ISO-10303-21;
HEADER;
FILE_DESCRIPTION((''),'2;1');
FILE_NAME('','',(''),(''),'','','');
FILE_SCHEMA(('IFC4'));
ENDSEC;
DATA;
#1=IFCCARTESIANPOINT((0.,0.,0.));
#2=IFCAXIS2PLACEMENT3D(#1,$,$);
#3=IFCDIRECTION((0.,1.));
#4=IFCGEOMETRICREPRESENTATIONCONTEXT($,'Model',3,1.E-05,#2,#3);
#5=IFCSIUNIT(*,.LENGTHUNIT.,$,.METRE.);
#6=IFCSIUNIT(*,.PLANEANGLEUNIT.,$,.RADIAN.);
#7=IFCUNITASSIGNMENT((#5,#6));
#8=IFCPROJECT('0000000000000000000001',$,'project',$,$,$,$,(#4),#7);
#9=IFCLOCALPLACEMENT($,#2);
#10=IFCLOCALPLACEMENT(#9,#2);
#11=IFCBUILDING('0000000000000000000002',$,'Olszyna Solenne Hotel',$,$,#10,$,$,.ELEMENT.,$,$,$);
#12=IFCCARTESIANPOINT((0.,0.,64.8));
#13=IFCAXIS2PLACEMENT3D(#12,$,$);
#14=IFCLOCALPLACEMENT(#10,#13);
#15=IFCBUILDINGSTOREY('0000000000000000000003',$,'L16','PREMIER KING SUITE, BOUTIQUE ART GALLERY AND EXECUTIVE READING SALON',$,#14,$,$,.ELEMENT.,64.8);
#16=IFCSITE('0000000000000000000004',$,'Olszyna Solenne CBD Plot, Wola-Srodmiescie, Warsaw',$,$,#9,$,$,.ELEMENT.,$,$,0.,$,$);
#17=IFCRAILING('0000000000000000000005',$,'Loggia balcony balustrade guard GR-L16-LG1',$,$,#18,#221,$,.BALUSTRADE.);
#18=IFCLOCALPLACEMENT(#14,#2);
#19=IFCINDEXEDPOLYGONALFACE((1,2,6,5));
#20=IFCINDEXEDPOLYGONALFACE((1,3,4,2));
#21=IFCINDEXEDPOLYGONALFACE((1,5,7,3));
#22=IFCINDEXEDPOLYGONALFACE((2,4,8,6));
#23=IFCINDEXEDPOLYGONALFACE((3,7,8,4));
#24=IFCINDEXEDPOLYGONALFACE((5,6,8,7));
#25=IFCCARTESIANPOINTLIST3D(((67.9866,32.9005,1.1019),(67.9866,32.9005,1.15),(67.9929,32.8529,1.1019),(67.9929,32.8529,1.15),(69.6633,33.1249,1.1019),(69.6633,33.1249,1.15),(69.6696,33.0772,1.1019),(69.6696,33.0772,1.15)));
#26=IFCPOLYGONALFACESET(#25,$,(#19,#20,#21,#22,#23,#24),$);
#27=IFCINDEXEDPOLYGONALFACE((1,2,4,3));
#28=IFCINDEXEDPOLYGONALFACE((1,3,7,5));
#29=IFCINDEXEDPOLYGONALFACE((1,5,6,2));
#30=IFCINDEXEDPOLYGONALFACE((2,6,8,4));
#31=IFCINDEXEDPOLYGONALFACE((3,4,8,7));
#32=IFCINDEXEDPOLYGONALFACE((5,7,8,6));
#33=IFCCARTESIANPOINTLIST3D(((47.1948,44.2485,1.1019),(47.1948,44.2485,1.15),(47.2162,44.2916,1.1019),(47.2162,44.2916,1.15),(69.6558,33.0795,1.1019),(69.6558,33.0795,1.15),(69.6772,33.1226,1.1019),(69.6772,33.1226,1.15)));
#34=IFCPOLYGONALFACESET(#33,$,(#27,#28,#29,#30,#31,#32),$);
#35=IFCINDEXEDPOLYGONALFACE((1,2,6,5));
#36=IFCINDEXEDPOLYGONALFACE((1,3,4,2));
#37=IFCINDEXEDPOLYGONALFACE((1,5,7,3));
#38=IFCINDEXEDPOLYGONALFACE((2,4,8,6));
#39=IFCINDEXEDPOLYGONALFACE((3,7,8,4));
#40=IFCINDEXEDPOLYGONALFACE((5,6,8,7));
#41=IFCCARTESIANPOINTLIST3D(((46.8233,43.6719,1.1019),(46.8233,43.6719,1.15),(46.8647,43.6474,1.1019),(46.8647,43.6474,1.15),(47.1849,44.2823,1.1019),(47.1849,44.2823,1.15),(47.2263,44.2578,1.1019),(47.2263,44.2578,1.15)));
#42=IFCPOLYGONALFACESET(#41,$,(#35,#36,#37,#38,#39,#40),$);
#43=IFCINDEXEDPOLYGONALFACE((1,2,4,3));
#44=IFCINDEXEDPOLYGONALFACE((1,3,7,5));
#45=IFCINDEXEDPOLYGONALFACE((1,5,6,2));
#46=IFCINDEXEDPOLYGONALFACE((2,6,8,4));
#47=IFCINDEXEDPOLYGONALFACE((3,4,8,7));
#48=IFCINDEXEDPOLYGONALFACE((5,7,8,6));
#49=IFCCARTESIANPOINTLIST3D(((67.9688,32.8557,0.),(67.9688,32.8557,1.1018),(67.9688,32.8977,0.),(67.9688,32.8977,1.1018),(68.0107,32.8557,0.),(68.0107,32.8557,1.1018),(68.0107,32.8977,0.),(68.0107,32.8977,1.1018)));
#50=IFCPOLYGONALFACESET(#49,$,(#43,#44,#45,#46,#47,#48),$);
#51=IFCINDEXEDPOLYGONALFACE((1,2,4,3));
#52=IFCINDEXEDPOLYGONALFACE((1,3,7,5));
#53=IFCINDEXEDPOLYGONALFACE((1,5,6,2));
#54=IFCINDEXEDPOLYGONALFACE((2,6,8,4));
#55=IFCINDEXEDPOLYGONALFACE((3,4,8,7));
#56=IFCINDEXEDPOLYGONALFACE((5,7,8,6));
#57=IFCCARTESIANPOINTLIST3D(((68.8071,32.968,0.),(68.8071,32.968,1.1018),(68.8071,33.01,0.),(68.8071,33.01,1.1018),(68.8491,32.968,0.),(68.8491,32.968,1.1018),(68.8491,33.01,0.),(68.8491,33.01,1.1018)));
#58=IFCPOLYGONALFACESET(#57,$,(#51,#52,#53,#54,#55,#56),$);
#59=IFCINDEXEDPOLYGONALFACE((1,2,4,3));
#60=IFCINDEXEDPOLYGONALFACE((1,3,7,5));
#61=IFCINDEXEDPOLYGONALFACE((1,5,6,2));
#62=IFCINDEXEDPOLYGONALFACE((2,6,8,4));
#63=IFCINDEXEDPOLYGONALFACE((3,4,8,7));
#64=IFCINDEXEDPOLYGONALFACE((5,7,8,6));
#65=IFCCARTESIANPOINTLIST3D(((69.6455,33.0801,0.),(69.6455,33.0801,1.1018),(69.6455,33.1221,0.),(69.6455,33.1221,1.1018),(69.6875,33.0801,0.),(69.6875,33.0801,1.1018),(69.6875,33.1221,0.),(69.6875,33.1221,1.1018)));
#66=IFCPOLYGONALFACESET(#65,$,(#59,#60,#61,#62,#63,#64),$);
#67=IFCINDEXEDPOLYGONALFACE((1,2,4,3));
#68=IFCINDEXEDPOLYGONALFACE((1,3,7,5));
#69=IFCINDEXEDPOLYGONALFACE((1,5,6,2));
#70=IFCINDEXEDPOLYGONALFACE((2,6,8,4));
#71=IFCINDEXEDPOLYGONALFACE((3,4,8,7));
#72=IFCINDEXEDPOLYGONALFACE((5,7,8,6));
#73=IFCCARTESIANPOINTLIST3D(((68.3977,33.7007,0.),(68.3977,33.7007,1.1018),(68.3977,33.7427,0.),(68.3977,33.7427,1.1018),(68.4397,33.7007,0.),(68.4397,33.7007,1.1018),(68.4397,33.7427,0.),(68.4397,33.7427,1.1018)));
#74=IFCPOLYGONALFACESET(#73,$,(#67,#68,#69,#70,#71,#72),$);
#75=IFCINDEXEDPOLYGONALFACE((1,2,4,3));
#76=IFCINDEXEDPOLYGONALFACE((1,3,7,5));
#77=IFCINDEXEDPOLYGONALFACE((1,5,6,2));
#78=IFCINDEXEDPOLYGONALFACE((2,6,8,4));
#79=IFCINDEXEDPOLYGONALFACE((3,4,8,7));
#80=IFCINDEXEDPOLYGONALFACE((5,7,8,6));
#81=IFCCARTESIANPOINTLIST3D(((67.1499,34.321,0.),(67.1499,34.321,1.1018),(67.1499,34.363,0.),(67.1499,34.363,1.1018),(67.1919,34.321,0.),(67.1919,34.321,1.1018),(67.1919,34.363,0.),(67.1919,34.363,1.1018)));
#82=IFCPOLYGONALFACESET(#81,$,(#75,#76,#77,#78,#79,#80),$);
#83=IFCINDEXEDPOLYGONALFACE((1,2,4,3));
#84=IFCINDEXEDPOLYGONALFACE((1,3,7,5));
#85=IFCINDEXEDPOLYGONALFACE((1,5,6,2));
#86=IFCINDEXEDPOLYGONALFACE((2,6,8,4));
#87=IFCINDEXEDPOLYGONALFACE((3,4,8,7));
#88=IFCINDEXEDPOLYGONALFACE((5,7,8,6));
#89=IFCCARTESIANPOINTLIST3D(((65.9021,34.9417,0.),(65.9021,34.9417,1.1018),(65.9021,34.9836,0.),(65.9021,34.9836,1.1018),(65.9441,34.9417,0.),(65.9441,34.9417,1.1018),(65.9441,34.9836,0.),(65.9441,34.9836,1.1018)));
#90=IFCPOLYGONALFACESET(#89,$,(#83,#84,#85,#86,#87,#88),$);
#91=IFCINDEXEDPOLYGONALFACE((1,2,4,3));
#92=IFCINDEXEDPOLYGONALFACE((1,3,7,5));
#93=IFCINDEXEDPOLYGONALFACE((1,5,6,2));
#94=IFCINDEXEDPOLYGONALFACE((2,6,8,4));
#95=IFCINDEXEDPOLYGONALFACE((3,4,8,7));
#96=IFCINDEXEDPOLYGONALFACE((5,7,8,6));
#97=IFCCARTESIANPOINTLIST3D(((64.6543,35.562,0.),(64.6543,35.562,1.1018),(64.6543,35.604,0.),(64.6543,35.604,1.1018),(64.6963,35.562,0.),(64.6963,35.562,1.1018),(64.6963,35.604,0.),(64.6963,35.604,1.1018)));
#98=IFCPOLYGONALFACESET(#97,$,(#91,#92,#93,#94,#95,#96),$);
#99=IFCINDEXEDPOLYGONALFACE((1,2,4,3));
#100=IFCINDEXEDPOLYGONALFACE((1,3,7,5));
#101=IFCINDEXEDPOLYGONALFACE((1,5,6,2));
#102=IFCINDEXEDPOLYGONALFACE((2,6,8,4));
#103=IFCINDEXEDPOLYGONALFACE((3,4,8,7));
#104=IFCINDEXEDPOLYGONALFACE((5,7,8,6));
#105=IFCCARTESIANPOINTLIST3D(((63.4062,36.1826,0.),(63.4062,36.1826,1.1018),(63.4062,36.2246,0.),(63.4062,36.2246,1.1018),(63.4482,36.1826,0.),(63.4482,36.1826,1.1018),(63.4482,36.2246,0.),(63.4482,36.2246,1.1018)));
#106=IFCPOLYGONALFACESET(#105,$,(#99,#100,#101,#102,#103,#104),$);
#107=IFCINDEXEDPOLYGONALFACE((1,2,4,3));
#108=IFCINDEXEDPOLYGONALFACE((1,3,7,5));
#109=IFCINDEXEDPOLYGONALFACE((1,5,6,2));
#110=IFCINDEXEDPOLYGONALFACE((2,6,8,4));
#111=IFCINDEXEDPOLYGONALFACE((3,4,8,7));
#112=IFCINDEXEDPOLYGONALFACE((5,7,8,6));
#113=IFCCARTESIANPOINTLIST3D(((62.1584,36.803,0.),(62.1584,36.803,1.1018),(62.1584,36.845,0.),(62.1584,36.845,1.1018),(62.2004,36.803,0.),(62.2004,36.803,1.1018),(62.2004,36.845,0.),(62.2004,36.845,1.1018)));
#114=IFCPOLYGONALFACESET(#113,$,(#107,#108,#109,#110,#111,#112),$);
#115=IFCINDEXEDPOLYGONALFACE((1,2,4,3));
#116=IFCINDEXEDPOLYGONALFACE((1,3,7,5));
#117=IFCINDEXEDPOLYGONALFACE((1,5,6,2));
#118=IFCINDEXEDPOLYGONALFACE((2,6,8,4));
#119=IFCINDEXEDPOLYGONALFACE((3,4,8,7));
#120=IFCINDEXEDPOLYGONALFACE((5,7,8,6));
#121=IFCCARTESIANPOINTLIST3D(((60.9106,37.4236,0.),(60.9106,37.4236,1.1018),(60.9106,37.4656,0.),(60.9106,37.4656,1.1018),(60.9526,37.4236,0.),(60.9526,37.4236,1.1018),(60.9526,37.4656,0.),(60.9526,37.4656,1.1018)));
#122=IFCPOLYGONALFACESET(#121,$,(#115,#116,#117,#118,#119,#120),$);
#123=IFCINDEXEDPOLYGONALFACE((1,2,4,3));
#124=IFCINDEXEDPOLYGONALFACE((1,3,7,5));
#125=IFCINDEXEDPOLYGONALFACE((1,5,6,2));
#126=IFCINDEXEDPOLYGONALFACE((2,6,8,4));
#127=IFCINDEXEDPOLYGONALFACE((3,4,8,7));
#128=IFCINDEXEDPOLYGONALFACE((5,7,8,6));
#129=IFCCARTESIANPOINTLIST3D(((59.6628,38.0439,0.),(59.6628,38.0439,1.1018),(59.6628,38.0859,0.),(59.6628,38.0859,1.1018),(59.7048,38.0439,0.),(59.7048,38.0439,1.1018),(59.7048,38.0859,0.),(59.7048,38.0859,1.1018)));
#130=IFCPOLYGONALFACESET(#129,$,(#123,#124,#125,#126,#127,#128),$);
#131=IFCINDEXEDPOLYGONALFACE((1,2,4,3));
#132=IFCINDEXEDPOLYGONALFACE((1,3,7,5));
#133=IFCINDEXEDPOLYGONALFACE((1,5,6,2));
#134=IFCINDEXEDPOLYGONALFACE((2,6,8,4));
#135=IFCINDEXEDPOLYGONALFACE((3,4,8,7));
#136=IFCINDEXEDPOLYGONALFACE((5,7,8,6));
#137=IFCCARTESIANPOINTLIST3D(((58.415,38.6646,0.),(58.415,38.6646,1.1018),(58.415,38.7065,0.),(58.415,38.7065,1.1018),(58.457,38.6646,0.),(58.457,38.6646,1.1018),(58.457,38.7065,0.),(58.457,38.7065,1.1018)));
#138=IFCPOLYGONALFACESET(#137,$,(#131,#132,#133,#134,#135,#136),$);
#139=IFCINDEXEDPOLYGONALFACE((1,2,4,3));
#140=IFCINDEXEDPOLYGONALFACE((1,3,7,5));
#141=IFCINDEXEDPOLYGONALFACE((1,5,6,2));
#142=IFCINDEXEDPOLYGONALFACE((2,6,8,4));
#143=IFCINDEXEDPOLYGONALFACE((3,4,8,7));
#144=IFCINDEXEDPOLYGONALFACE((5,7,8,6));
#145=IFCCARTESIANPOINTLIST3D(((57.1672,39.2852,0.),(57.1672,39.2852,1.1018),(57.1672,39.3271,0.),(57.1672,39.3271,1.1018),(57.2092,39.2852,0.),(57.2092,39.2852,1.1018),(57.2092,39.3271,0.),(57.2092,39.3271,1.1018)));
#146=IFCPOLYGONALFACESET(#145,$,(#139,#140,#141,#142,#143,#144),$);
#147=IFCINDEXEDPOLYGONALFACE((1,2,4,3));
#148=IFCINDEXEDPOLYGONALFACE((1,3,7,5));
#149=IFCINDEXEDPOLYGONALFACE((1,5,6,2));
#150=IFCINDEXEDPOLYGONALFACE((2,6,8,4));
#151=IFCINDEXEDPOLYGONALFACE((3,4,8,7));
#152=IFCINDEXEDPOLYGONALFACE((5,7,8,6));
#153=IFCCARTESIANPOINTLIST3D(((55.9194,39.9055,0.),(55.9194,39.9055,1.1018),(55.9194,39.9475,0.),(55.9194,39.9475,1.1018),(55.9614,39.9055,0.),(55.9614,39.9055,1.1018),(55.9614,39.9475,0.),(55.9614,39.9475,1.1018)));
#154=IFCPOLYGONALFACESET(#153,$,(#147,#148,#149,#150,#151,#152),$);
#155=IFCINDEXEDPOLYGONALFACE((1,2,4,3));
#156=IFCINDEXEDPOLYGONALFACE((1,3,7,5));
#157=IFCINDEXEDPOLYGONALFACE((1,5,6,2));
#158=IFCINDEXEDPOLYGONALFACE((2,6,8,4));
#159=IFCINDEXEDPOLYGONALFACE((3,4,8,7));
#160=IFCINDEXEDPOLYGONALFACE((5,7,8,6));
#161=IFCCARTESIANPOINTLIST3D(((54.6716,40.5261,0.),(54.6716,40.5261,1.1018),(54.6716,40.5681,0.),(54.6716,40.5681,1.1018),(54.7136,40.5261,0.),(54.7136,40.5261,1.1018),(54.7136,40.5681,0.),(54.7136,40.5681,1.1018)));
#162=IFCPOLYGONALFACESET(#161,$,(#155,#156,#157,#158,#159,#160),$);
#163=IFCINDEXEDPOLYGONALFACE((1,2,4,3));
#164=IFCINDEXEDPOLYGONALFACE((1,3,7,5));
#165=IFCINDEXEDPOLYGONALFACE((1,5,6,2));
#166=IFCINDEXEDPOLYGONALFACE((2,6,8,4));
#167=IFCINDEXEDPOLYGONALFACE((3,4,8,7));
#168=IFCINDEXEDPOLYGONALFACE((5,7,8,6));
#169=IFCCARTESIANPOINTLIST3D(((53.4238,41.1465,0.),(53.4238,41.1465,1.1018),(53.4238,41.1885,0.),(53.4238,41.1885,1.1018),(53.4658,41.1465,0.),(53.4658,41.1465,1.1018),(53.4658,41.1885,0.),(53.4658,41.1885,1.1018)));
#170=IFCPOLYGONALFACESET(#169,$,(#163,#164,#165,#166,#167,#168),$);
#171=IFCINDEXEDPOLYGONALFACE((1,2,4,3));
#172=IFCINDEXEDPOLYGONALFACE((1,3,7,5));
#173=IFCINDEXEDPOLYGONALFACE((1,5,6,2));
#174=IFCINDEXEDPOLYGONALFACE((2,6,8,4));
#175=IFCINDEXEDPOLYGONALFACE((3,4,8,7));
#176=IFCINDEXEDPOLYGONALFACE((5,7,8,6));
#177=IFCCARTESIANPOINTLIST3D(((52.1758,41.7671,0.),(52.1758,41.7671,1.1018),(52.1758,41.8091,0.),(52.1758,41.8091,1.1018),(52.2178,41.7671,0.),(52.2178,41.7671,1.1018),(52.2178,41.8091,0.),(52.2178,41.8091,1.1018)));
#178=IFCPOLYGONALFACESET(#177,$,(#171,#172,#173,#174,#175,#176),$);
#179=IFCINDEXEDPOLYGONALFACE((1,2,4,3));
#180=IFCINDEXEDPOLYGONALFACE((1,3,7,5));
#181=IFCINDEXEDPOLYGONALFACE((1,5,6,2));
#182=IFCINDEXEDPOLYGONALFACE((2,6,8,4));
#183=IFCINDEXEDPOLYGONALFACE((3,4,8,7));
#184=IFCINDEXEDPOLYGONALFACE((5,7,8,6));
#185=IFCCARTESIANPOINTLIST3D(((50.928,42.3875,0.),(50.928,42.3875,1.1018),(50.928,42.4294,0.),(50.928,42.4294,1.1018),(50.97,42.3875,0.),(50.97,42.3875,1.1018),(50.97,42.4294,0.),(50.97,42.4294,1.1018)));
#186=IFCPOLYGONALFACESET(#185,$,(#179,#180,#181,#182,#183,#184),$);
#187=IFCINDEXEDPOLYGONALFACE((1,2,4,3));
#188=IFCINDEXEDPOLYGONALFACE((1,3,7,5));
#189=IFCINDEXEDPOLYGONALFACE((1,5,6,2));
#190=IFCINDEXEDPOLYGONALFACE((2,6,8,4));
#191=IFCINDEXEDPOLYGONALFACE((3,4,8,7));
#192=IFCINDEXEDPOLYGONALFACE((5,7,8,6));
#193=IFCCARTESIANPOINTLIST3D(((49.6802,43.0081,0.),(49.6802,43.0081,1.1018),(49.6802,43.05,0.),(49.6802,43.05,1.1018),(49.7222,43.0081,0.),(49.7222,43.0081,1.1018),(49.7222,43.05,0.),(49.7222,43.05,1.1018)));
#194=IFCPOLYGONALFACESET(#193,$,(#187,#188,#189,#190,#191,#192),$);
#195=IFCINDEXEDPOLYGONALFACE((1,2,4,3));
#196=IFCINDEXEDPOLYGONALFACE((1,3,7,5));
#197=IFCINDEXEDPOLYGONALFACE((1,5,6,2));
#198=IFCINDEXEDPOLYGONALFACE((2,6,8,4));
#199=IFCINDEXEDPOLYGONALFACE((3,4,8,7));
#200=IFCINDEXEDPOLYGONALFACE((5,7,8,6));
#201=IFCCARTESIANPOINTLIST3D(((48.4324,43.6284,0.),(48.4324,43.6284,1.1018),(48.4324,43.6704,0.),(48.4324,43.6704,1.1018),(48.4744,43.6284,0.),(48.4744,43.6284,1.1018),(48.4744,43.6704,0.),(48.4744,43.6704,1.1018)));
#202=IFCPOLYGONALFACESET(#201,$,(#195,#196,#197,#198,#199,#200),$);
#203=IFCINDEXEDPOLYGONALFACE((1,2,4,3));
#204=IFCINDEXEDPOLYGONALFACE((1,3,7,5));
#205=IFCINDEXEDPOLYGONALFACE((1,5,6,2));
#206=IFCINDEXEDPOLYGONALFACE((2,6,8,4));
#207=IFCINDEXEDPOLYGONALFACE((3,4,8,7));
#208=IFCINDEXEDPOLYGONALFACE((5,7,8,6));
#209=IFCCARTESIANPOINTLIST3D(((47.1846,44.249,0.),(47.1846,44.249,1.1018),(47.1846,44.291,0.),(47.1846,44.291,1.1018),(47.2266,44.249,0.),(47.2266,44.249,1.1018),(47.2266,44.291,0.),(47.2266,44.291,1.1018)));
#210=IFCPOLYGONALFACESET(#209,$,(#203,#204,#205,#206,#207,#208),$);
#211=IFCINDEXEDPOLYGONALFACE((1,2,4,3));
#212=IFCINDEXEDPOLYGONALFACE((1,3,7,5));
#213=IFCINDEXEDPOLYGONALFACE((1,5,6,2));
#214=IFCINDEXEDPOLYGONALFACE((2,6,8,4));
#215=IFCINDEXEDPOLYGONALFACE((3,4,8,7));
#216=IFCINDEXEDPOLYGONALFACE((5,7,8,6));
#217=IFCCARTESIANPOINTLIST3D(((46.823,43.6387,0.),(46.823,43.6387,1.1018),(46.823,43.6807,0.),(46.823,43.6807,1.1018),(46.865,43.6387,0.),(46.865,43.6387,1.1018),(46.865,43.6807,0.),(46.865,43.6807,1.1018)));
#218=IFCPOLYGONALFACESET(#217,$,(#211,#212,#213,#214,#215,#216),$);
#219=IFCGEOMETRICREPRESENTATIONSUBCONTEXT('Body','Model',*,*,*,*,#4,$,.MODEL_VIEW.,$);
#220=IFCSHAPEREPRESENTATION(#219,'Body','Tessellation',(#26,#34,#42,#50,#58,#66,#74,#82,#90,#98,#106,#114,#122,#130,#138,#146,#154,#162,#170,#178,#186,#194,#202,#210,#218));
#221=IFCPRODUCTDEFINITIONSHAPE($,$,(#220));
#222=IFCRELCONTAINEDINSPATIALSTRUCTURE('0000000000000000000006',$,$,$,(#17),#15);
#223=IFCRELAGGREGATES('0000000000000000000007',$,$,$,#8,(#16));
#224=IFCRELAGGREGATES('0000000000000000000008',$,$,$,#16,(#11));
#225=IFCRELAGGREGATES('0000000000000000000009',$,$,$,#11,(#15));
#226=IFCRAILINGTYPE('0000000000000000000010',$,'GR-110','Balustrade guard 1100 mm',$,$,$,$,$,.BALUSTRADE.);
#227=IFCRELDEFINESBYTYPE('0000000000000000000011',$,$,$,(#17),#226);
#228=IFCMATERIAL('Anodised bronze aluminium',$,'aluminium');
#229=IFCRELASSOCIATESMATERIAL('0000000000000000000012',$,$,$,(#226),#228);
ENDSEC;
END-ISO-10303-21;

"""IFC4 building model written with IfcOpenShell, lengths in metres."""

from ifc_helpers import new_model, si_unit, direction, frame, origin, origin_2d, place, context, subcontext, project, spatial, rectangle, extrude, material, type_object, element, save


model = new_model("IFC4")

# Units and contexts
model_context = context("Model", 3, precision=1e-05, world=origin(), true_north=direction((0.0, 1.0)))
body_context = subcontext(model_context, "Body", "Model", "MODEL_VIEW")
ifc_project = project(units=[si_unit("LENGTHUNIT", "METRE"), si_unit("PLANEANGLEUNIT", "RADIAN")], contexts=[model_context])

# Site, building, storey
site_placement = place(None, origin())
site = spatial("IfcSite", under=ifc_project, at=site_placement, Name="Olszyna Solenne CBD Plot, Wola-Srodmiescie, Warsaw", CompositionType="ELEMENT", RefElevation=0.0)
building_placement = place(site_placement, origin())
building = spatial("IfcBuilding", under=site, at=building_placement, Name="Olszyna Solenne Hotel", CompositionType="ELEMENT")
storey_placement = place(building_placement, frame((0.0, 0.0, 64.8)))
storey = spatial("IfcBuildingStorey", under=building, at=storey_placement, Name="L16", Description="PREMIER KING SUITE, BOUTIQUE ART GALLERY AND EXECUTIVE READING SALON", CompositionType="ELEMENT", Elevation=64.8)

# Shared definitions
ifc_material_1 = material(Name="Anodised bronze aluminium", Category="aluminium")

# Railing
railing_type = type_object("IfcRailingType", Name="GR-110", Description="Balustrade guard 1100 mm", PredefinedType="BALUSTRADE", material=ifc_material_1)
railing_placement = place(storey_placement, frame((67.9897, 32.8767, 0.0)))
element("IfcRailing", 1, at=railing_placement, inside=storey, type_object=railing_type, Name="Loggia balcony balustrade guard GR-L16-LG1", PredefinedType="BALUSTRADE", context=body_context, shape_type="SweptSolid", body=[
    extrude(rectangle(XDim=0.0481, YDim=0.0481, at=origin_2d()), frame((0.0, 0.0, 1.126), z_axis=(0.991166, 0.132627, 0.0), x_axis=(-0.132627, 0.991166, 0.0)), (0.0, 0.0, 1.0), 1.6917),
    extrude(rectangle(XDim=0.0481, YDim=0.0481, at=origin_2d()), frame((1.6768, 0.2244, 1.126), z_axis=(-0.895406, 0.44525, 0.0), x_axis=(-0.44525, -0.895406, 0.0)), (0.0, 0.0, 1.0), 25.0847),
    extrude(rectangle(XDim=0.0481, YDim=0.0481, at=origin_2d()), frame((-20.7842, 11.3933, 1.126), z_axis=(-0.50968, -0.860364, 0.0), x_axis=(0.860364, -0.50968, 0.0)), (0.0, 0.0, 1.0), 0.7095),
    extrude(rectangle(XDim=0.042, YDim=0.042, at=origin_2d()), origin(), (0.0, 0.0, 1.0), 1.1018),
    extrude(rectangle(XDim=0.042, YDim=0.042, at=origin_2d()), frame((0.8384, 0.1123, 0.0)), (0.0, 0.0, 1.0), 1.1018),
    extrude(rectangle(XDim=0.042, YDim=0.042, at=origin_2d()), frame((1.6768, 0.2244, 0.0)), (0.0, 0.0, 1.0), 1.1018),
    extrude(rectangle(XDim=0.042, YDim=0.042, at=origin_2d()), frame((0.429, 0.845, 0.0)), (0.0, 0.0, 1.0), 1.1018),
    extrude(rectangle(XDim=0.042, YDim=0.042, at=origin_2d()), frame((-0.8188, 1.4653, 0.0)), (0.0, 0.0, 1.0), 1.1018),
    extrude(rectangle(XDim=0.042, YDim=0.042, at=origin_2d()), frame((-2.0667, 2.0859, 0.0)), (0.0, 0.0, 1.0), 1.1018),
    extrude(rectangle(XDim=0.042, YDim=0.042, at=origin_2d()), frame((-3.3145, 2.7063, 0.0)), (0.0, 0.0, 1.0), 1.1018),
    extrude(rectangle(XDim=0.042, YDim=0.042, at=origin_2d()), frame((-4.5625, 3.3269, 0.0)), (0.0, 0.0, 1.0), 1.1018),
    extrude(rectangle(XDim=0.042, YDim=0.042, at=origin_2d()), frame((-5.8103, 3.9473, 0.0)), (0.0, 0.0, 1.0), 1.1018),
    extrude(rectangle(XDim=0.042, YDim=0.042, at=origin_2d()), frame((-7.0581, 4.5679, 0.0)), (0.0, 0.0, 1.0), 1.1018),
    extrude(rectangle(XDim=0.042, YDim=0.042, at=origin_2d()), frame((-8.3059, 5.1882, 0.0)), (0.0, 0.0, 1.0), 1.1018),
    extrude(rectangle(XDim=0.042, YDim=0.042, at=origin_2d()), frame((-9.5537, 5.8088, 0.0)), (0.0, 0.0, 1.0), 1.1018),
    extrude(rectangle(XDim=0.042, YDim=0.042, at=origin_2d()), frame((-10.8015, 6.4294, 0.0)), (0.0, 0.0, 1.0), 1.1018),
    extrude(rectangle(XDim=0.042, YDim=0.042, at=origin_2d()), frame((-12.0493, 7.0498, 0.0)), (0.0, 0.0, 1.0), 1.1018),
    extrude(rectangle(XDim=0.042, YDim=0.042, at=origin_2d()), frame((-13.2971, 7.6704, 0.0)), (0.0, 0.0, 1.0), 1.1018),
    extrude(rectangle(XDim=0.042, YDim=0.042, at=origin_2d()), frame((-14.5449, 8.2908, 0.0)), (0.0, 0.0, 1.0), 1.1018),
    extrude(rectangle(XDim=0.042, YDim=0.042, at=origin_2d()), frame((-15.793, 8.9114, 0.0)), (0.0, 0.0, 1.0), 1.1018),
    extrude(rectangle(XDim=0.042, YDim=0.042, at=origin_2d()), frame((-17.0408, 9.5317, 0.0)), (0.0, 0.0, 1.0), 1.1018),
    extrude(rectangle(XDim=0.042, YDim=0.042, at=origin_2d()), frame((-18.2886, 10.1523, 0.0)), (0.0, 0.0, 1.0), 1.1018),
    extrude(rectangle(XDim=0.042, YDim=0.042, at=origin_2d()), frame((-19.5364, 10.7727, 0.0)), (0.0, 0.0, 1.0), 1.1018),
    extrude(rectangle(XDim=0.042, YDim=0.042, at=origin_2d()), frame((-20.7842, 11.3933, 0.0)), (0.0, 0.0, 1.0), 1.1018),
    extrude(rectangle(XDim=0.042, YDim=0.042, at=origin_2d()), frame((-21.1458, 10.783, 0.0)), (0.0, 0.0, 1.0), 1.1018),
])

save(model, "model.ifc")
